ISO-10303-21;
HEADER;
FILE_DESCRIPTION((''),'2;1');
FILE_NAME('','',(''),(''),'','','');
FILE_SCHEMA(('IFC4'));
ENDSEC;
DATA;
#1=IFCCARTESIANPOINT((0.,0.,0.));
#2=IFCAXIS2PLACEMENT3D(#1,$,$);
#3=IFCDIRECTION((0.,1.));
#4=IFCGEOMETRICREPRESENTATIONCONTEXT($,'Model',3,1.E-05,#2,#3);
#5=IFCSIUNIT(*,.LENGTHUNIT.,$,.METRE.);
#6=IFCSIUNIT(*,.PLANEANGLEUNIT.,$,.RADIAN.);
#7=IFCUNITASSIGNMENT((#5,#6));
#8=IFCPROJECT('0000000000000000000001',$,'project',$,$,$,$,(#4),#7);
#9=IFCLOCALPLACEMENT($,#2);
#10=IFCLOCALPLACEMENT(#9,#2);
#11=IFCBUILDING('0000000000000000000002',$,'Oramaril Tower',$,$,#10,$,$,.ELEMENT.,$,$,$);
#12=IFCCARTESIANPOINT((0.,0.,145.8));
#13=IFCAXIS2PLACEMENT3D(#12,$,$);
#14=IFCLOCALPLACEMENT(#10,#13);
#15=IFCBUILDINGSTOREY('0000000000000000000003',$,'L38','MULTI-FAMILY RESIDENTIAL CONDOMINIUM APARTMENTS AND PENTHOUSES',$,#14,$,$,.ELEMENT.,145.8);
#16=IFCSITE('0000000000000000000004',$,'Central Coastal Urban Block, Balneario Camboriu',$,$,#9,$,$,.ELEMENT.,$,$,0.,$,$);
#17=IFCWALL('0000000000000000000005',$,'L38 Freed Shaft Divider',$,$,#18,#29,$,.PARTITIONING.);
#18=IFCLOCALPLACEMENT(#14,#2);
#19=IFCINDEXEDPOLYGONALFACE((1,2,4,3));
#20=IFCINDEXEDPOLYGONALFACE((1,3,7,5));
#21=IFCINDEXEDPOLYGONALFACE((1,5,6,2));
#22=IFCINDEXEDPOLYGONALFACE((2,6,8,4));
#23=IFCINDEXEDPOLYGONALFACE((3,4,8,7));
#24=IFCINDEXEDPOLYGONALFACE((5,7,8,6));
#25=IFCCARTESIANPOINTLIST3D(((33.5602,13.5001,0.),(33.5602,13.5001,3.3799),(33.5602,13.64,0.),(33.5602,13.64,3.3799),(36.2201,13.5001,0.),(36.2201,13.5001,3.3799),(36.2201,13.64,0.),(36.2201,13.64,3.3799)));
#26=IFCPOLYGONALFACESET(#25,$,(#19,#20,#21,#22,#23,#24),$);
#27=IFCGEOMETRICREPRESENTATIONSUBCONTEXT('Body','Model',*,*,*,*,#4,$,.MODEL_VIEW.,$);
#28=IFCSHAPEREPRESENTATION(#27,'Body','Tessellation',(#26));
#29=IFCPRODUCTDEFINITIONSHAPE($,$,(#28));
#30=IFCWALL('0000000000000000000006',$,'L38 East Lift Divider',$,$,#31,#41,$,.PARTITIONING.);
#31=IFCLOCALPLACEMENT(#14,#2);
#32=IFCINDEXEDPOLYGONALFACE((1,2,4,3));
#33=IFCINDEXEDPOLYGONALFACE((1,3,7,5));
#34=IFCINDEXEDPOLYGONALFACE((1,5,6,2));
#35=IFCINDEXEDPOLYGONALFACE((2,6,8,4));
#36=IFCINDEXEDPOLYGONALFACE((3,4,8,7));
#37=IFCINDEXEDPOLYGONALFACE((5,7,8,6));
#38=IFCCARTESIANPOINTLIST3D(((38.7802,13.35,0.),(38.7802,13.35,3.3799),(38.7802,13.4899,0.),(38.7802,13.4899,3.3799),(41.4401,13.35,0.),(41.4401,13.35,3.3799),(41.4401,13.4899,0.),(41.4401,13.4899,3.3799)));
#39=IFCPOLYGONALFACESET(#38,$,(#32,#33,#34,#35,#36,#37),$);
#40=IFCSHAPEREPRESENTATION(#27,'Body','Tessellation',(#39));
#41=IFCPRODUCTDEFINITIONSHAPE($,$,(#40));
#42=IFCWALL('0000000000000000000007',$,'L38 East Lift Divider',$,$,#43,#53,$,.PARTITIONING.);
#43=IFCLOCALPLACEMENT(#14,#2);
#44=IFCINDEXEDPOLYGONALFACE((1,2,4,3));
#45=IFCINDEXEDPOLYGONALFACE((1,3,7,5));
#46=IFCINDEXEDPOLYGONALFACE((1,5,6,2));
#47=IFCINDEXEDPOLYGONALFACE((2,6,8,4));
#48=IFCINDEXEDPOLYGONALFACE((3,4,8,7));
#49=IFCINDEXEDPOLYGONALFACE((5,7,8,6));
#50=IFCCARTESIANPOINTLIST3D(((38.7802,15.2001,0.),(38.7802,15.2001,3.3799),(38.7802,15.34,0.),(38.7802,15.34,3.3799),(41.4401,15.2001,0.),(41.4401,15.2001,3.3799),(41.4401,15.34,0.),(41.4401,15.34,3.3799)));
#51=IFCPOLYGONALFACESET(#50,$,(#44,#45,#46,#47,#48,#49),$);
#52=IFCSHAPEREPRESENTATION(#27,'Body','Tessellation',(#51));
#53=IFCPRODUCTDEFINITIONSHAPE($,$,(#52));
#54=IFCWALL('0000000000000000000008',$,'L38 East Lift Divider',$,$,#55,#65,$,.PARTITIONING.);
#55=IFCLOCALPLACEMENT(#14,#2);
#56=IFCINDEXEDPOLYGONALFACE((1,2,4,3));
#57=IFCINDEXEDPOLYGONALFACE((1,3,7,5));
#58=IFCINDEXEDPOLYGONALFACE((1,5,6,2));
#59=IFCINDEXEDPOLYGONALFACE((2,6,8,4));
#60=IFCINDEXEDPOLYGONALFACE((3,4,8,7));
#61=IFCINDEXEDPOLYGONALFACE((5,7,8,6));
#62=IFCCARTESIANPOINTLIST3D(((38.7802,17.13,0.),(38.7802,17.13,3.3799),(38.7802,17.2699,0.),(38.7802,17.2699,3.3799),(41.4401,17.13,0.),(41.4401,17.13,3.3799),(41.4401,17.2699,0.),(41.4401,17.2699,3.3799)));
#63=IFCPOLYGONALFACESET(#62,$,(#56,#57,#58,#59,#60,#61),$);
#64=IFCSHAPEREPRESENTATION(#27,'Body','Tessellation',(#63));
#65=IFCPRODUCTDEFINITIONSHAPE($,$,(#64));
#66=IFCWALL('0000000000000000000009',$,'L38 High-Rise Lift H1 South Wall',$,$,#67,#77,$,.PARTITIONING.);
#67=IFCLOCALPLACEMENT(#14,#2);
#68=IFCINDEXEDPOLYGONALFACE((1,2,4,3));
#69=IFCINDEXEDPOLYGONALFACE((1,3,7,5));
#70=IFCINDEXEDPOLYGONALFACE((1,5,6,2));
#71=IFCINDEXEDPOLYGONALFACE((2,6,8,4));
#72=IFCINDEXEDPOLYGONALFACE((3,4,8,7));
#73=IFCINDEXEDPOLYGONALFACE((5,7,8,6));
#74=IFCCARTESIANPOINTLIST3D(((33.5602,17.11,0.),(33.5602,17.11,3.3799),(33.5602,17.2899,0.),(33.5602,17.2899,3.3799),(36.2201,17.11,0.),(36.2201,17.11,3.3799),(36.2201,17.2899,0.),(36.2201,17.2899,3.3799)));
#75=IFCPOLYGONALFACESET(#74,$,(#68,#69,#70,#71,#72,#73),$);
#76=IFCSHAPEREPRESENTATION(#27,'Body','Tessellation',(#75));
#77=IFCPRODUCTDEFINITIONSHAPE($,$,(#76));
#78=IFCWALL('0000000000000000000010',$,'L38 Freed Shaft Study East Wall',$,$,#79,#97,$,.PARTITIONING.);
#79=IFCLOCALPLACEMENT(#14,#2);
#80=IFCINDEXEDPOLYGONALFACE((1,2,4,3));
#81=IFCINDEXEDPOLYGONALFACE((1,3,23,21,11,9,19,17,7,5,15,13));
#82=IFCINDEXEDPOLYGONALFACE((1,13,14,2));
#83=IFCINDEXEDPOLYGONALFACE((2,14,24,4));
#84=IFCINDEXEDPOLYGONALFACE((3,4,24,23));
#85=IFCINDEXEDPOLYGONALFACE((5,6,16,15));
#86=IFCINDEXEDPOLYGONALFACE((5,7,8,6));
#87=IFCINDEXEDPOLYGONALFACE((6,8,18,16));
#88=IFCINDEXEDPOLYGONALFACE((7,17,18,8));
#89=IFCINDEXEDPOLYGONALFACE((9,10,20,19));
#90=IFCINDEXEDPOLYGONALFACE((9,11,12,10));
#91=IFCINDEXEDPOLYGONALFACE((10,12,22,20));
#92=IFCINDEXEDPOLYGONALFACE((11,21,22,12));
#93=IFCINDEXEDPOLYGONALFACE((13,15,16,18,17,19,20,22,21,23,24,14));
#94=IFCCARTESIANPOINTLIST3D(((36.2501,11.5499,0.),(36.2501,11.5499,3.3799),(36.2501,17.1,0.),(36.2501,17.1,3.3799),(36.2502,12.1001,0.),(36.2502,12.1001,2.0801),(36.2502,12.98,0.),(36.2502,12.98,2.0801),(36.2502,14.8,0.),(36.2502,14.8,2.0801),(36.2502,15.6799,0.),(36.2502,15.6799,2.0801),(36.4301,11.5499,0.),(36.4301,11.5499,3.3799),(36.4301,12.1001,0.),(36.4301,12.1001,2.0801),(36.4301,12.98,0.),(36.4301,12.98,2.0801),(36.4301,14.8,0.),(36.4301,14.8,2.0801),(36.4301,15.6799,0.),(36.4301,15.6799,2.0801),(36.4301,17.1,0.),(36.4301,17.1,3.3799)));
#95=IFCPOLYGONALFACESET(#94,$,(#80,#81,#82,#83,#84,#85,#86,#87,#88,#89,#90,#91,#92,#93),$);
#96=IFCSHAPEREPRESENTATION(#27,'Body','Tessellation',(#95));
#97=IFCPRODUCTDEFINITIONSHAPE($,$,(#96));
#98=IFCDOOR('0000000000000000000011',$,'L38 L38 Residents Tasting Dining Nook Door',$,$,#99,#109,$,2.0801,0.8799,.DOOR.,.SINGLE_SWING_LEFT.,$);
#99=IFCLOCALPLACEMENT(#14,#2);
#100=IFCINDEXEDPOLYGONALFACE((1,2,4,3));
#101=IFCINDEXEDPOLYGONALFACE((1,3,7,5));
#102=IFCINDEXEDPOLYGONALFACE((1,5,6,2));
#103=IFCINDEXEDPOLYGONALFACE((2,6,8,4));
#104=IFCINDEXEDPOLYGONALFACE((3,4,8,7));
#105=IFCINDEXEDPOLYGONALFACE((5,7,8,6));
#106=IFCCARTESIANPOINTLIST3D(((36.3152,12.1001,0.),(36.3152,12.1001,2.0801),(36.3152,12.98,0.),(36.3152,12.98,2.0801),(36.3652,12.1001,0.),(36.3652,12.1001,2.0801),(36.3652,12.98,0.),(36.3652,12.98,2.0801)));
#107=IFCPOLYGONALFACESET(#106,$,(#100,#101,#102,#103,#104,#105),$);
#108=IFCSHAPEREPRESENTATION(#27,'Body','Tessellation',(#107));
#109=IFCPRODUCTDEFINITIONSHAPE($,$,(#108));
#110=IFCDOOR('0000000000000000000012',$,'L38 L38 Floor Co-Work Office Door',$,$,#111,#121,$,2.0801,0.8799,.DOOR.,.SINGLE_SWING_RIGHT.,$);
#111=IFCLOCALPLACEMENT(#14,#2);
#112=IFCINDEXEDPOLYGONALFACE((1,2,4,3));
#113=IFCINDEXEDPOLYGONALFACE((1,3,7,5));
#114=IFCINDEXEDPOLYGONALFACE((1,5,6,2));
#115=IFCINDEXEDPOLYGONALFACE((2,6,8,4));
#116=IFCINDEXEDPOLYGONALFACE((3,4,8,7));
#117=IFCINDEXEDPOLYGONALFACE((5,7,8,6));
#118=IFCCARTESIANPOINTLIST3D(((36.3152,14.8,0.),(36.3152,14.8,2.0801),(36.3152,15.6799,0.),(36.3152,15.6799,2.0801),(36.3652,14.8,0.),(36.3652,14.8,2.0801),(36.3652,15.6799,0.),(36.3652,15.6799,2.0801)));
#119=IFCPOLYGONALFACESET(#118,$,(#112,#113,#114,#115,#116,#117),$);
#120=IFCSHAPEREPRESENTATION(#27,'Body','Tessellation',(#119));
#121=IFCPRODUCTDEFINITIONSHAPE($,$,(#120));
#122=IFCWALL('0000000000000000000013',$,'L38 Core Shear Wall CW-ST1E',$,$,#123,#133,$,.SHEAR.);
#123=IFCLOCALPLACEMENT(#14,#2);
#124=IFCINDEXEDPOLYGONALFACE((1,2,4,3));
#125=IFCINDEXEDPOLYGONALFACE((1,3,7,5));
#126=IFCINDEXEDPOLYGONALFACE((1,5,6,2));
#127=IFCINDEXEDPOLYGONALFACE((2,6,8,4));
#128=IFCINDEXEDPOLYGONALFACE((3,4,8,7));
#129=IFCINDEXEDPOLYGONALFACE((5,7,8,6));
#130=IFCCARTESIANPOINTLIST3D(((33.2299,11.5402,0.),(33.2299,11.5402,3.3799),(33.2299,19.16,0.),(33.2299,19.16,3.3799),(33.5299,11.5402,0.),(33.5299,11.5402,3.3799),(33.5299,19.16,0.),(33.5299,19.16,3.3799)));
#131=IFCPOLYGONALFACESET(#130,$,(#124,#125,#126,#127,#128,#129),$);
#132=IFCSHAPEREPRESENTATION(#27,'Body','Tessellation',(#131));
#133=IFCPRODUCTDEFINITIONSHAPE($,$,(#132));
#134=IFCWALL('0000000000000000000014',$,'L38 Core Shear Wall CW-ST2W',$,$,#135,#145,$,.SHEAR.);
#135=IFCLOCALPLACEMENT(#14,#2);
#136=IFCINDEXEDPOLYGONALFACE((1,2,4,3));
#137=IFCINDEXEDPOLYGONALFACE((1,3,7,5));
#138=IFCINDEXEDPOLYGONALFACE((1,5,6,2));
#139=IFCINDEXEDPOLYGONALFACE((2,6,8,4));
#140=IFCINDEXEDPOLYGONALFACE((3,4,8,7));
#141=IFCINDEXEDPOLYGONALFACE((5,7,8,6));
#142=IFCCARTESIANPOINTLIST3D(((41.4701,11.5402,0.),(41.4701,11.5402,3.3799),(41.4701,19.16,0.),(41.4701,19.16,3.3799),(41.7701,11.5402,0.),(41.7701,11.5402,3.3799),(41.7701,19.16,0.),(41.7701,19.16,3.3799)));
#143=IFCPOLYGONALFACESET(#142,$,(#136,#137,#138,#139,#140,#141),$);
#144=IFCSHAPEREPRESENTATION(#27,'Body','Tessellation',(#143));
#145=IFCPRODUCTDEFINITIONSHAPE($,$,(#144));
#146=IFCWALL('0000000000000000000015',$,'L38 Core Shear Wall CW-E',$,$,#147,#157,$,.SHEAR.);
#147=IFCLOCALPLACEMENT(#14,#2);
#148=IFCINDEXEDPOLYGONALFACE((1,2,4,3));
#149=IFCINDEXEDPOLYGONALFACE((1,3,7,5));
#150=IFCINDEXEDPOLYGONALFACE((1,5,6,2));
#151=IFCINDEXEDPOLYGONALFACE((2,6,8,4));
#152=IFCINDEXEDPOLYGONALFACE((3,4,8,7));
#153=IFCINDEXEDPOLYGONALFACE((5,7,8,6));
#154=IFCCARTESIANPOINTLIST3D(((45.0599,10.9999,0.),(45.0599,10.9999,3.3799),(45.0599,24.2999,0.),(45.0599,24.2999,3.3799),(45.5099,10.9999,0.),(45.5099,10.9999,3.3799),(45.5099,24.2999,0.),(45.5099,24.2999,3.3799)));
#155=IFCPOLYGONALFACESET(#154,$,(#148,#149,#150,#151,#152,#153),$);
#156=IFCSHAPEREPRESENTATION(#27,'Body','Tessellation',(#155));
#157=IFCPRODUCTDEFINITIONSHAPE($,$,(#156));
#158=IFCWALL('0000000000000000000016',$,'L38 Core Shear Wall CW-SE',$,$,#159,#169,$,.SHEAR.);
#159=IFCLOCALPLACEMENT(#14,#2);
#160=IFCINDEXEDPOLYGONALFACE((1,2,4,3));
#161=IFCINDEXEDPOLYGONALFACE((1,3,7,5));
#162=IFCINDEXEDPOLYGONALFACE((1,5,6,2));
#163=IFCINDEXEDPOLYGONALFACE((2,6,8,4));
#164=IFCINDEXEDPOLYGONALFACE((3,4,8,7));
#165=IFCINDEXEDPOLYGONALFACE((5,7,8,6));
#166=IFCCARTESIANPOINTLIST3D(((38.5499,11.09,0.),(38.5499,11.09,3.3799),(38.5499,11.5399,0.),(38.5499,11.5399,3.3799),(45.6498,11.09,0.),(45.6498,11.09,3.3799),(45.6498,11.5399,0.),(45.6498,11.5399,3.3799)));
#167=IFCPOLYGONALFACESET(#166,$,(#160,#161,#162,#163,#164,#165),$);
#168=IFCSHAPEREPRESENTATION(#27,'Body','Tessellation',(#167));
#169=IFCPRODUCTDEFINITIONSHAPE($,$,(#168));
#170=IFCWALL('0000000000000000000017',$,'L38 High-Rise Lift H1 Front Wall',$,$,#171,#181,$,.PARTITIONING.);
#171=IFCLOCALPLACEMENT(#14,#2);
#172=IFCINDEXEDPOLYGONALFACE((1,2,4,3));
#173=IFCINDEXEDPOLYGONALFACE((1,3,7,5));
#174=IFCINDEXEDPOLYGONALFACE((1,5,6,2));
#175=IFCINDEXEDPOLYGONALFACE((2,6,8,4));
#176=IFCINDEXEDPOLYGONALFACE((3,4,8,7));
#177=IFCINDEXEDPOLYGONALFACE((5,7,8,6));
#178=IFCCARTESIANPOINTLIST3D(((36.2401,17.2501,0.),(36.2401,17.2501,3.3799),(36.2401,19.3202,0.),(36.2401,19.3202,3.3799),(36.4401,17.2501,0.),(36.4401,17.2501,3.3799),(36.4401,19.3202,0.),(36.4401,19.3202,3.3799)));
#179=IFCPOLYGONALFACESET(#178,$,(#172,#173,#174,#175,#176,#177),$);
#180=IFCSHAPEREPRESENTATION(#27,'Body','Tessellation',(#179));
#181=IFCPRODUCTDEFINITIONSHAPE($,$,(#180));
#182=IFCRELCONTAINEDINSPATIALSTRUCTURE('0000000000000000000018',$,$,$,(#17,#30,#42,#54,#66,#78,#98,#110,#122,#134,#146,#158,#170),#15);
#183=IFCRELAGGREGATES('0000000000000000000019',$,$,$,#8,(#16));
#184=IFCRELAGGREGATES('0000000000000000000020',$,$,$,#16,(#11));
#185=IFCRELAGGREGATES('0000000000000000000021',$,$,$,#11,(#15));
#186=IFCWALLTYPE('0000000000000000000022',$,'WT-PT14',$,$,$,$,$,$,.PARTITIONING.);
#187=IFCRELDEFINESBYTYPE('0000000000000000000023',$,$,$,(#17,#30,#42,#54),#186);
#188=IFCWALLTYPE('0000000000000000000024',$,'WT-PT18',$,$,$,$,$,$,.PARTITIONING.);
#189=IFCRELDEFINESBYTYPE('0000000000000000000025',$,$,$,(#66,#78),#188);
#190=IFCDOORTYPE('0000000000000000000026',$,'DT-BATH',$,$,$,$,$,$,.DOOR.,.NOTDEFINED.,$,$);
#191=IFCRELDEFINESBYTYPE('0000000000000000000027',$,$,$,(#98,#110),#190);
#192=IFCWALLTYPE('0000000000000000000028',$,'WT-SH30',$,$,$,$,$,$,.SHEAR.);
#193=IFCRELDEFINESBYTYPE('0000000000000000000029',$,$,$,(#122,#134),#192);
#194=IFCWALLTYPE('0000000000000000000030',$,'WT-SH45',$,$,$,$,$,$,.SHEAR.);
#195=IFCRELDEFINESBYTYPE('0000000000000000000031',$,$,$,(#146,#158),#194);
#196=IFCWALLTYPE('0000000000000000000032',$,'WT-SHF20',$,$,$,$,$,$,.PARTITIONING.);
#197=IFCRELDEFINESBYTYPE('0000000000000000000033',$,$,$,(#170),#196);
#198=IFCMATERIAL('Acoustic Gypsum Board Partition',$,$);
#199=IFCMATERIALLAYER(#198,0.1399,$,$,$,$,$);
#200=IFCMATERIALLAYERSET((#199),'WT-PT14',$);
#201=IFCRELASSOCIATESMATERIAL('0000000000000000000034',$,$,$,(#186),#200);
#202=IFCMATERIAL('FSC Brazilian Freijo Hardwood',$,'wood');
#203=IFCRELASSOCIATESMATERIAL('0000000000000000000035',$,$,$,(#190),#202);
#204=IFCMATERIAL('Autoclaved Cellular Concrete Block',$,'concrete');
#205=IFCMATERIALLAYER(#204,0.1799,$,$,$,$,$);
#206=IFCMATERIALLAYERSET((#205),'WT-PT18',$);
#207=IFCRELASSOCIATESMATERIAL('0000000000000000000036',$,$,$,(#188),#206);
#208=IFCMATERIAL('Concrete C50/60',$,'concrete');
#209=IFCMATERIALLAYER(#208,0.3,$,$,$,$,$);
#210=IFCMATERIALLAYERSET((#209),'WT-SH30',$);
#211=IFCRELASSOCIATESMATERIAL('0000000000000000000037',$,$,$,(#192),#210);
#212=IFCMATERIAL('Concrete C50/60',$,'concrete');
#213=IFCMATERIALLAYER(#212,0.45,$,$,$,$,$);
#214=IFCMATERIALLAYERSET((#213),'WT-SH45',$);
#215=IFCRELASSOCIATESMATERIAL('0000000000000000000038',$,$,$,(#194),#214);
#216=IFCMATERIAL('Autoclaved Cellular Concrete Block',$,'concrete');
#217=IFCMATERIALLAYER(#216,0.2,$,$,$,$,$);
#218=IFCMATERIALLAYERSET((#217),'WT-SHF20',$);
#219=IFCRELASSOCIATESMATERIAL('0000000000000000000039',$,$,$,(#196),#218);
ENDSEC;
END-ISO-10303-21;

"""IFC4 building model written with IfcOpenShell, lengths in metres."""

from ifc_helpers import new_model, si_unit, direction, frame, frame_2d, origin, place, context, subcontext, project, spatial, rectangle, extrude, material, layer, layer_set, type_object, element, fill, save


model = new_model("IFC4")

# Units and contexts
model_context = context("Model", 3, precision=1e-05, world=origin(), true_north=direction((0.0, 1.0)))
body_context = subcontext(model_context, "Body", "Model", "MODEL_VIEW")
ifc_project = project(units=[si_unit("LENGTHUNIT", "METRE"), si_unit("PLANEANGLEUNIT", "RADIAN")], contexts=[model_context])

# Site, building, storey
site_placement = place(None, origin())
site = spatial("IfcSite", under=ifc_project, at=site_placement, Name="Central Coastal Urban Block, Balneario Camboriu", CompositionType="ELEMENT", RefElevation=0.0)
building_placement = place(site_placement, origin())
building = spatial("IfcBuilding", under=site, at=building_placement, Name="Oramaril Tower", CompositionType="ELEMENT")
storey_placement = place(building_placement, frame((0.0, 0.0, 145.8)))
storey = spatial("IfcBuildingStorey", under=building, at=storey_placement, Name="L38", Description="MULTI-FAMILY RESIDENTIAL CONDOMINIUM APARTMENTS AND PENTHOUSES", CompositionType="ELEMENT", Elevation=145.8)

# Walls
ifc_material_1 = material(Name="Acoustic Gypsum Board Partition")
ifc_layer_1 = layer(ifc_material_1, 0.1399)
ifc_layer_set_1 = layer_set([ifc_layer_1], Name="WT-PT14")
wall_type_1 = type_object("IfcWallType", Name="WT-PT14", PredefinedType="PARTITIONING", material=ifc_layer_set_1)
for number, where, z_axis, x_axis, name in (
    (1, (33.5601, 13.5701, 0.0), (0.0, 0.0, 1.0), (1.0, 0.0, 0.0), "L38 Freed Shaft Divider"),
    (2, (38.78, 13.4199, 0.0), (0.0, 0.0, 1.0), (1.0, 0.0, 0.0), "L38 East Lift Divider"),
    (3, (38.78, 15.27, 0.0), (0.0, 0.0, 1.0), (1.0, 0.0, 0.0), "L38 East Lift Divider"),
    (4, (38.78, 17.2, 0.0), (0.0, 0.0, 1.0), (1.0, 0.0, 0.0), "L38 East Lift Divider"),
):
    element("IfcWall", number, at=place(storey_placement, frame(where, z_axis=z_axis, x_axis=x_axis)), inside=storey, type_object=wall_type_1, Name=name, PredefinedType="PARTITIONING", context=body_context, shape_type="SweptSolid", body=[
        extrude(rectangle(XDim=2.6599, YDim=0.1399, at=frame_2d((1.3301, 0.0))), origin(), (0.0, 0.0, 1.0), 3.3799),
    ])

# Shared definitions
ifc_material_2 = material(Name="FSC Brazilian Freijo Hardwood", Category="wood")
door_type_1 = type_object("IfcDoorType", Name="DT-BATH", OperationType="NOTDEFINED", PredefinedType="DOOR", material=ifc_material_2)

# Wall
ifc_material_3 = material(Name="Autoclaved Cellular Concrete Block", Category="concrete")
ifc_layer_2 = layer(ifc_material_3, 0.1799)
ifc_layer_set_2 = layer_set([ifc_layer_2], Name="WT-PT18")
wall_type_2 = type_object("IfcWallType", Name="WT-PT18", PredefinedType="PARTITIONING", material=ifc_layer_set_2)
wall_1_placement = place(storey_placement, frame((33.5601, 17.2, 0.0), z_axis=(0.0, 0.0, 1.0), x_axis=(1.0, 0.0, 0.0)))
element("IfcWall", 5, at=wall_1_placement, inside=storey, type_object=wall_type_2, Name="L38 High-Rise Lift H1 South Wall", PredefinedType="PARTITIONING", context=body_context, shape_type="SweptSolid", body=[
    extrude(rectangle(XDim=2.6599, YDim=0.1799, at=frame_2d((1.3301, 0.0))), origin(), (0.0, 0.0, 1.0), 3.3799),
])

# Wall, openings, doors
wall_2_placement = place(storey_placement, frame((36.3401, 11.55, 0.0), z_axis=(0.0, 0.0, 1.0), x_axis=(0.0, 1.0, 0.0)))
wall_2 = element("IfcWall", 6, at=wall_2_placement, inside=storey, type_object=wall_type_2, Name="L38 Freed Shaft Study East Wall", PredefinedType="PARTITIONING", context=body_context, shape_type="SweptSolid", body=[
    extrude(rectangle(XDim=5.55, YDim=0.1799, at=frame_2d((2.7749, 0.0))), origin(), (0.0, 0.0, 1.0), 3.3799),
])
opening_1_placement = place(wall_2_placement, frame((0.55, 0.0, 0.0)))
opening_1 = element("IfcOpeningElement", 7, at=opening_1_placement, cuts=wall_2, PredefinedType="OPENING", context=body_context, shape_type="SweptSolid", body=[
    extrude(rectangle(XDim=0.8799, YDim=2.0801, at=frame_2d((0.4399, 1.04))), frame((0.0, 0.0898, 0.0), z_axis=(0.0, -1.0, 0.0), x_axis=(1.0, 0.0, 0.0)), (0.0, 0.0, 1.0), 0.1799),
])
opening_2_placement = place(wall_2_placement, frame((3.25, 0.0, 0.0)))
opening_2 = element("IfcOpeningElement", 8, at=opening_2_placement, cuts=wall_2, PredefinedType="OPENING", context=body_context, shape_type="SweptSolid", body=[
    extrude(rectangle(XDim=0.8799, YDim=2.0801, at=frame_2d((0.4399, 1.04))), frame((0.0, 0.0898, 0.0), z_axis=(0.0, -1.0, 0.0), x_axis=(1.0, 0.0, 0.0)), (0.0, 0.0, 1.0), 0.1799),
])
door_1_placement = place(opening_1_placement, origin())
door_1 = element("IfcDoor", 9, at=door_1_placement, inside=storey, type_object=door_type_1, Name="L38 L38 Residents Tasting Dining Nook Door", OperationType="SINGLE_SWING_LEFT", OverallHeight=2.0801, OverallWidth=0.8799, PredefinedType="DOOR", context=body_context, shape_type="SweptSolid", body=[
    extrude(rectangle(XDim=0.8799, YDim=2.0801, at=frame_2d((0.4399, 1.04))), frame((0.0, 0.0249, 0.0), z_axis=(0.0, -1.0, 0.0), x_axis=(1.0, 0.0, 0.0)), (0.0, 0.0, 1.0), 0.05),
])
fill(opening_1, door_1)
door_2_placement = place(opening_2_placement, origin())
door_2 = element("IfcDoor", 10, at=door_2_placement, inside=storey, type_object=door_type_1, Name="L38 L38 Floor Co-Work Office Door", OperationType="SINGLE_SWING_RIGHT", OverallHeight=2.0801, OverallWidth=0.8799, PredefinedType="DOOR", context=body_context, shape_type="SweptSolid", body=[
    extrude(rectangle(XDim=0.8799, YDim=2.0801, at=frame_2d((0.4399, 1.04))), frame((0.0, 0.0249, 0.0), z_axis=(0.0, -1.0, 0.0), x_axis=(1.0, 0.0, 0.0)), (0.0, 0.0, 1.0), 0.05),
])
fill(opening_2, door_2)

# Walls
ifc_material_4 = material(Name="Concrete C50/60", Category="concrete")
ifc_layer_3 = layer(ifc_material_4, 0.3)
ifc_layer_set_3 = layer_set([ifc_layer_3], Name="WT-SH30")
wall_type_3 = type_object("IfcWallType", Name="WT-SH30", PredefinedType="SHEAR", material=ifc_layer_set_3)
for number, where, z_axis, x_axis, name in (
    (11, (33.3799, 11.54, 0.0), (0.0, 0.0, 1.0), (0.0, 1.0, 0.0), "L38 Core Shear Wall CW-ST1E"),
    (12, (41.6201, 11.54, 0.0), (0.0, 0.0, 1.0), (0.0, 1.0, 0.0), "L38 Core Shear Wall CW-ST2W"),
):
    element("IfcWall", number, at=place(storey_placement, frame(where, z_axis=z_axis, x_axis=x_axis)), inside=storey, type_object=wall_type_3, Name=name, PredefinedType="SHEAR", context=body_context, shape_type="SweptSolid", body=[
        extrude(rectangle(XDim=7.6199, YDim=0.3, at=frame_2d((3.8101, 0.0))), origin(), (0.0, 0.0, 1.0), 3.3799),
    ])
ifc_material_5 = material(Name="Concrete C50/60", Category="concrete")
ifc_layer_4 = layer(ifc_material_5, 0.45)
ifc_layer_set_4 = layer_set([ifc_layer_4], Name="WT-SH45")
wall_type_4 = type_object("IfcWallType", Name="WT-SH45", PredefinedType="SHEAR", material=ifc_layer_set_4)
wall_3_placement = place(storey_placement, frame((45.2849, 11.0, 0.0), z_axis=(0.0, 0.0, 1.0), x_axis=(0.0, 1.0, 0.0)))
element("IfcWall", 13, at=wall_3_placement, inside=storey, type_object=wall_type_4, Name="L38 Core Shear Wall CW-E", PredefinedType="SHEAR", context=body_context, shape_type="SweptSolid", body=[
    extrude(rectangle(XDim=13.3, YDim=0.45, at=frame_2d((6.6499, 0.0))), origin(), (0.0, 0.0, 1.0), 3.3799),
])
wall_4_placement = place(storey_placement, frame((38.55, 11.3149, 0.0), z_axis=(0.0, 0.0, 1.0), x_axis=(1.0, 0.0, 0.0)))
element("IfcWall", 14, at=wall_4_placement, inside=storey, type_object=wall_type_4, Name="L38 Core Shear Wall CW-SE", PredefinedType="SHEAR", context=body_context, shape_type="SweptSolid", body=[
    extrude(rectangle(XDim=7.0999, YDim=0.45, at=frame_2d((3.5498, 0.0))), origin(), (0.0, 0.0, 1.0), 3.3799),
])
ifc_material_6 = material(Name="Autoclaved Cellular Concrete Block", Category="concrete")
ifc_layer_5 = layer(ifc_material_6, 0.2)
ifc_layer_set_5 = layer_set([ifc_layer_5], Name="WT-SHF20")
wall_type_5 = type_object("IfcWallType", Name="WT-SHF20", PredefinedType="PARTITIONING", material=ifc_layer_set_5)
wall_5_placement = place(storey_placement, frame((36.3401, 17.25, 0.0), z_axis=(0.0, 0.0, 1.0), x_axis=(0.0, 1.0, 0.0)))
element("IfcWall", 15, at=wall_5_placement, inside=storey, type_object=wall_type_5, Name="L38 High-Rise Lift H1 Front Wall", PredefinedType="PARTITIONING", context=body_context, shape_type="SweptSolid", body=[
    extrude(rectangle(XDim=2.0701, YDim=0.2, at=frame_2d((1.0352, 0.0))), origin(), (0.0, 0.0, 1.0), 3.3799),
])

save(model, "model.ifc")
